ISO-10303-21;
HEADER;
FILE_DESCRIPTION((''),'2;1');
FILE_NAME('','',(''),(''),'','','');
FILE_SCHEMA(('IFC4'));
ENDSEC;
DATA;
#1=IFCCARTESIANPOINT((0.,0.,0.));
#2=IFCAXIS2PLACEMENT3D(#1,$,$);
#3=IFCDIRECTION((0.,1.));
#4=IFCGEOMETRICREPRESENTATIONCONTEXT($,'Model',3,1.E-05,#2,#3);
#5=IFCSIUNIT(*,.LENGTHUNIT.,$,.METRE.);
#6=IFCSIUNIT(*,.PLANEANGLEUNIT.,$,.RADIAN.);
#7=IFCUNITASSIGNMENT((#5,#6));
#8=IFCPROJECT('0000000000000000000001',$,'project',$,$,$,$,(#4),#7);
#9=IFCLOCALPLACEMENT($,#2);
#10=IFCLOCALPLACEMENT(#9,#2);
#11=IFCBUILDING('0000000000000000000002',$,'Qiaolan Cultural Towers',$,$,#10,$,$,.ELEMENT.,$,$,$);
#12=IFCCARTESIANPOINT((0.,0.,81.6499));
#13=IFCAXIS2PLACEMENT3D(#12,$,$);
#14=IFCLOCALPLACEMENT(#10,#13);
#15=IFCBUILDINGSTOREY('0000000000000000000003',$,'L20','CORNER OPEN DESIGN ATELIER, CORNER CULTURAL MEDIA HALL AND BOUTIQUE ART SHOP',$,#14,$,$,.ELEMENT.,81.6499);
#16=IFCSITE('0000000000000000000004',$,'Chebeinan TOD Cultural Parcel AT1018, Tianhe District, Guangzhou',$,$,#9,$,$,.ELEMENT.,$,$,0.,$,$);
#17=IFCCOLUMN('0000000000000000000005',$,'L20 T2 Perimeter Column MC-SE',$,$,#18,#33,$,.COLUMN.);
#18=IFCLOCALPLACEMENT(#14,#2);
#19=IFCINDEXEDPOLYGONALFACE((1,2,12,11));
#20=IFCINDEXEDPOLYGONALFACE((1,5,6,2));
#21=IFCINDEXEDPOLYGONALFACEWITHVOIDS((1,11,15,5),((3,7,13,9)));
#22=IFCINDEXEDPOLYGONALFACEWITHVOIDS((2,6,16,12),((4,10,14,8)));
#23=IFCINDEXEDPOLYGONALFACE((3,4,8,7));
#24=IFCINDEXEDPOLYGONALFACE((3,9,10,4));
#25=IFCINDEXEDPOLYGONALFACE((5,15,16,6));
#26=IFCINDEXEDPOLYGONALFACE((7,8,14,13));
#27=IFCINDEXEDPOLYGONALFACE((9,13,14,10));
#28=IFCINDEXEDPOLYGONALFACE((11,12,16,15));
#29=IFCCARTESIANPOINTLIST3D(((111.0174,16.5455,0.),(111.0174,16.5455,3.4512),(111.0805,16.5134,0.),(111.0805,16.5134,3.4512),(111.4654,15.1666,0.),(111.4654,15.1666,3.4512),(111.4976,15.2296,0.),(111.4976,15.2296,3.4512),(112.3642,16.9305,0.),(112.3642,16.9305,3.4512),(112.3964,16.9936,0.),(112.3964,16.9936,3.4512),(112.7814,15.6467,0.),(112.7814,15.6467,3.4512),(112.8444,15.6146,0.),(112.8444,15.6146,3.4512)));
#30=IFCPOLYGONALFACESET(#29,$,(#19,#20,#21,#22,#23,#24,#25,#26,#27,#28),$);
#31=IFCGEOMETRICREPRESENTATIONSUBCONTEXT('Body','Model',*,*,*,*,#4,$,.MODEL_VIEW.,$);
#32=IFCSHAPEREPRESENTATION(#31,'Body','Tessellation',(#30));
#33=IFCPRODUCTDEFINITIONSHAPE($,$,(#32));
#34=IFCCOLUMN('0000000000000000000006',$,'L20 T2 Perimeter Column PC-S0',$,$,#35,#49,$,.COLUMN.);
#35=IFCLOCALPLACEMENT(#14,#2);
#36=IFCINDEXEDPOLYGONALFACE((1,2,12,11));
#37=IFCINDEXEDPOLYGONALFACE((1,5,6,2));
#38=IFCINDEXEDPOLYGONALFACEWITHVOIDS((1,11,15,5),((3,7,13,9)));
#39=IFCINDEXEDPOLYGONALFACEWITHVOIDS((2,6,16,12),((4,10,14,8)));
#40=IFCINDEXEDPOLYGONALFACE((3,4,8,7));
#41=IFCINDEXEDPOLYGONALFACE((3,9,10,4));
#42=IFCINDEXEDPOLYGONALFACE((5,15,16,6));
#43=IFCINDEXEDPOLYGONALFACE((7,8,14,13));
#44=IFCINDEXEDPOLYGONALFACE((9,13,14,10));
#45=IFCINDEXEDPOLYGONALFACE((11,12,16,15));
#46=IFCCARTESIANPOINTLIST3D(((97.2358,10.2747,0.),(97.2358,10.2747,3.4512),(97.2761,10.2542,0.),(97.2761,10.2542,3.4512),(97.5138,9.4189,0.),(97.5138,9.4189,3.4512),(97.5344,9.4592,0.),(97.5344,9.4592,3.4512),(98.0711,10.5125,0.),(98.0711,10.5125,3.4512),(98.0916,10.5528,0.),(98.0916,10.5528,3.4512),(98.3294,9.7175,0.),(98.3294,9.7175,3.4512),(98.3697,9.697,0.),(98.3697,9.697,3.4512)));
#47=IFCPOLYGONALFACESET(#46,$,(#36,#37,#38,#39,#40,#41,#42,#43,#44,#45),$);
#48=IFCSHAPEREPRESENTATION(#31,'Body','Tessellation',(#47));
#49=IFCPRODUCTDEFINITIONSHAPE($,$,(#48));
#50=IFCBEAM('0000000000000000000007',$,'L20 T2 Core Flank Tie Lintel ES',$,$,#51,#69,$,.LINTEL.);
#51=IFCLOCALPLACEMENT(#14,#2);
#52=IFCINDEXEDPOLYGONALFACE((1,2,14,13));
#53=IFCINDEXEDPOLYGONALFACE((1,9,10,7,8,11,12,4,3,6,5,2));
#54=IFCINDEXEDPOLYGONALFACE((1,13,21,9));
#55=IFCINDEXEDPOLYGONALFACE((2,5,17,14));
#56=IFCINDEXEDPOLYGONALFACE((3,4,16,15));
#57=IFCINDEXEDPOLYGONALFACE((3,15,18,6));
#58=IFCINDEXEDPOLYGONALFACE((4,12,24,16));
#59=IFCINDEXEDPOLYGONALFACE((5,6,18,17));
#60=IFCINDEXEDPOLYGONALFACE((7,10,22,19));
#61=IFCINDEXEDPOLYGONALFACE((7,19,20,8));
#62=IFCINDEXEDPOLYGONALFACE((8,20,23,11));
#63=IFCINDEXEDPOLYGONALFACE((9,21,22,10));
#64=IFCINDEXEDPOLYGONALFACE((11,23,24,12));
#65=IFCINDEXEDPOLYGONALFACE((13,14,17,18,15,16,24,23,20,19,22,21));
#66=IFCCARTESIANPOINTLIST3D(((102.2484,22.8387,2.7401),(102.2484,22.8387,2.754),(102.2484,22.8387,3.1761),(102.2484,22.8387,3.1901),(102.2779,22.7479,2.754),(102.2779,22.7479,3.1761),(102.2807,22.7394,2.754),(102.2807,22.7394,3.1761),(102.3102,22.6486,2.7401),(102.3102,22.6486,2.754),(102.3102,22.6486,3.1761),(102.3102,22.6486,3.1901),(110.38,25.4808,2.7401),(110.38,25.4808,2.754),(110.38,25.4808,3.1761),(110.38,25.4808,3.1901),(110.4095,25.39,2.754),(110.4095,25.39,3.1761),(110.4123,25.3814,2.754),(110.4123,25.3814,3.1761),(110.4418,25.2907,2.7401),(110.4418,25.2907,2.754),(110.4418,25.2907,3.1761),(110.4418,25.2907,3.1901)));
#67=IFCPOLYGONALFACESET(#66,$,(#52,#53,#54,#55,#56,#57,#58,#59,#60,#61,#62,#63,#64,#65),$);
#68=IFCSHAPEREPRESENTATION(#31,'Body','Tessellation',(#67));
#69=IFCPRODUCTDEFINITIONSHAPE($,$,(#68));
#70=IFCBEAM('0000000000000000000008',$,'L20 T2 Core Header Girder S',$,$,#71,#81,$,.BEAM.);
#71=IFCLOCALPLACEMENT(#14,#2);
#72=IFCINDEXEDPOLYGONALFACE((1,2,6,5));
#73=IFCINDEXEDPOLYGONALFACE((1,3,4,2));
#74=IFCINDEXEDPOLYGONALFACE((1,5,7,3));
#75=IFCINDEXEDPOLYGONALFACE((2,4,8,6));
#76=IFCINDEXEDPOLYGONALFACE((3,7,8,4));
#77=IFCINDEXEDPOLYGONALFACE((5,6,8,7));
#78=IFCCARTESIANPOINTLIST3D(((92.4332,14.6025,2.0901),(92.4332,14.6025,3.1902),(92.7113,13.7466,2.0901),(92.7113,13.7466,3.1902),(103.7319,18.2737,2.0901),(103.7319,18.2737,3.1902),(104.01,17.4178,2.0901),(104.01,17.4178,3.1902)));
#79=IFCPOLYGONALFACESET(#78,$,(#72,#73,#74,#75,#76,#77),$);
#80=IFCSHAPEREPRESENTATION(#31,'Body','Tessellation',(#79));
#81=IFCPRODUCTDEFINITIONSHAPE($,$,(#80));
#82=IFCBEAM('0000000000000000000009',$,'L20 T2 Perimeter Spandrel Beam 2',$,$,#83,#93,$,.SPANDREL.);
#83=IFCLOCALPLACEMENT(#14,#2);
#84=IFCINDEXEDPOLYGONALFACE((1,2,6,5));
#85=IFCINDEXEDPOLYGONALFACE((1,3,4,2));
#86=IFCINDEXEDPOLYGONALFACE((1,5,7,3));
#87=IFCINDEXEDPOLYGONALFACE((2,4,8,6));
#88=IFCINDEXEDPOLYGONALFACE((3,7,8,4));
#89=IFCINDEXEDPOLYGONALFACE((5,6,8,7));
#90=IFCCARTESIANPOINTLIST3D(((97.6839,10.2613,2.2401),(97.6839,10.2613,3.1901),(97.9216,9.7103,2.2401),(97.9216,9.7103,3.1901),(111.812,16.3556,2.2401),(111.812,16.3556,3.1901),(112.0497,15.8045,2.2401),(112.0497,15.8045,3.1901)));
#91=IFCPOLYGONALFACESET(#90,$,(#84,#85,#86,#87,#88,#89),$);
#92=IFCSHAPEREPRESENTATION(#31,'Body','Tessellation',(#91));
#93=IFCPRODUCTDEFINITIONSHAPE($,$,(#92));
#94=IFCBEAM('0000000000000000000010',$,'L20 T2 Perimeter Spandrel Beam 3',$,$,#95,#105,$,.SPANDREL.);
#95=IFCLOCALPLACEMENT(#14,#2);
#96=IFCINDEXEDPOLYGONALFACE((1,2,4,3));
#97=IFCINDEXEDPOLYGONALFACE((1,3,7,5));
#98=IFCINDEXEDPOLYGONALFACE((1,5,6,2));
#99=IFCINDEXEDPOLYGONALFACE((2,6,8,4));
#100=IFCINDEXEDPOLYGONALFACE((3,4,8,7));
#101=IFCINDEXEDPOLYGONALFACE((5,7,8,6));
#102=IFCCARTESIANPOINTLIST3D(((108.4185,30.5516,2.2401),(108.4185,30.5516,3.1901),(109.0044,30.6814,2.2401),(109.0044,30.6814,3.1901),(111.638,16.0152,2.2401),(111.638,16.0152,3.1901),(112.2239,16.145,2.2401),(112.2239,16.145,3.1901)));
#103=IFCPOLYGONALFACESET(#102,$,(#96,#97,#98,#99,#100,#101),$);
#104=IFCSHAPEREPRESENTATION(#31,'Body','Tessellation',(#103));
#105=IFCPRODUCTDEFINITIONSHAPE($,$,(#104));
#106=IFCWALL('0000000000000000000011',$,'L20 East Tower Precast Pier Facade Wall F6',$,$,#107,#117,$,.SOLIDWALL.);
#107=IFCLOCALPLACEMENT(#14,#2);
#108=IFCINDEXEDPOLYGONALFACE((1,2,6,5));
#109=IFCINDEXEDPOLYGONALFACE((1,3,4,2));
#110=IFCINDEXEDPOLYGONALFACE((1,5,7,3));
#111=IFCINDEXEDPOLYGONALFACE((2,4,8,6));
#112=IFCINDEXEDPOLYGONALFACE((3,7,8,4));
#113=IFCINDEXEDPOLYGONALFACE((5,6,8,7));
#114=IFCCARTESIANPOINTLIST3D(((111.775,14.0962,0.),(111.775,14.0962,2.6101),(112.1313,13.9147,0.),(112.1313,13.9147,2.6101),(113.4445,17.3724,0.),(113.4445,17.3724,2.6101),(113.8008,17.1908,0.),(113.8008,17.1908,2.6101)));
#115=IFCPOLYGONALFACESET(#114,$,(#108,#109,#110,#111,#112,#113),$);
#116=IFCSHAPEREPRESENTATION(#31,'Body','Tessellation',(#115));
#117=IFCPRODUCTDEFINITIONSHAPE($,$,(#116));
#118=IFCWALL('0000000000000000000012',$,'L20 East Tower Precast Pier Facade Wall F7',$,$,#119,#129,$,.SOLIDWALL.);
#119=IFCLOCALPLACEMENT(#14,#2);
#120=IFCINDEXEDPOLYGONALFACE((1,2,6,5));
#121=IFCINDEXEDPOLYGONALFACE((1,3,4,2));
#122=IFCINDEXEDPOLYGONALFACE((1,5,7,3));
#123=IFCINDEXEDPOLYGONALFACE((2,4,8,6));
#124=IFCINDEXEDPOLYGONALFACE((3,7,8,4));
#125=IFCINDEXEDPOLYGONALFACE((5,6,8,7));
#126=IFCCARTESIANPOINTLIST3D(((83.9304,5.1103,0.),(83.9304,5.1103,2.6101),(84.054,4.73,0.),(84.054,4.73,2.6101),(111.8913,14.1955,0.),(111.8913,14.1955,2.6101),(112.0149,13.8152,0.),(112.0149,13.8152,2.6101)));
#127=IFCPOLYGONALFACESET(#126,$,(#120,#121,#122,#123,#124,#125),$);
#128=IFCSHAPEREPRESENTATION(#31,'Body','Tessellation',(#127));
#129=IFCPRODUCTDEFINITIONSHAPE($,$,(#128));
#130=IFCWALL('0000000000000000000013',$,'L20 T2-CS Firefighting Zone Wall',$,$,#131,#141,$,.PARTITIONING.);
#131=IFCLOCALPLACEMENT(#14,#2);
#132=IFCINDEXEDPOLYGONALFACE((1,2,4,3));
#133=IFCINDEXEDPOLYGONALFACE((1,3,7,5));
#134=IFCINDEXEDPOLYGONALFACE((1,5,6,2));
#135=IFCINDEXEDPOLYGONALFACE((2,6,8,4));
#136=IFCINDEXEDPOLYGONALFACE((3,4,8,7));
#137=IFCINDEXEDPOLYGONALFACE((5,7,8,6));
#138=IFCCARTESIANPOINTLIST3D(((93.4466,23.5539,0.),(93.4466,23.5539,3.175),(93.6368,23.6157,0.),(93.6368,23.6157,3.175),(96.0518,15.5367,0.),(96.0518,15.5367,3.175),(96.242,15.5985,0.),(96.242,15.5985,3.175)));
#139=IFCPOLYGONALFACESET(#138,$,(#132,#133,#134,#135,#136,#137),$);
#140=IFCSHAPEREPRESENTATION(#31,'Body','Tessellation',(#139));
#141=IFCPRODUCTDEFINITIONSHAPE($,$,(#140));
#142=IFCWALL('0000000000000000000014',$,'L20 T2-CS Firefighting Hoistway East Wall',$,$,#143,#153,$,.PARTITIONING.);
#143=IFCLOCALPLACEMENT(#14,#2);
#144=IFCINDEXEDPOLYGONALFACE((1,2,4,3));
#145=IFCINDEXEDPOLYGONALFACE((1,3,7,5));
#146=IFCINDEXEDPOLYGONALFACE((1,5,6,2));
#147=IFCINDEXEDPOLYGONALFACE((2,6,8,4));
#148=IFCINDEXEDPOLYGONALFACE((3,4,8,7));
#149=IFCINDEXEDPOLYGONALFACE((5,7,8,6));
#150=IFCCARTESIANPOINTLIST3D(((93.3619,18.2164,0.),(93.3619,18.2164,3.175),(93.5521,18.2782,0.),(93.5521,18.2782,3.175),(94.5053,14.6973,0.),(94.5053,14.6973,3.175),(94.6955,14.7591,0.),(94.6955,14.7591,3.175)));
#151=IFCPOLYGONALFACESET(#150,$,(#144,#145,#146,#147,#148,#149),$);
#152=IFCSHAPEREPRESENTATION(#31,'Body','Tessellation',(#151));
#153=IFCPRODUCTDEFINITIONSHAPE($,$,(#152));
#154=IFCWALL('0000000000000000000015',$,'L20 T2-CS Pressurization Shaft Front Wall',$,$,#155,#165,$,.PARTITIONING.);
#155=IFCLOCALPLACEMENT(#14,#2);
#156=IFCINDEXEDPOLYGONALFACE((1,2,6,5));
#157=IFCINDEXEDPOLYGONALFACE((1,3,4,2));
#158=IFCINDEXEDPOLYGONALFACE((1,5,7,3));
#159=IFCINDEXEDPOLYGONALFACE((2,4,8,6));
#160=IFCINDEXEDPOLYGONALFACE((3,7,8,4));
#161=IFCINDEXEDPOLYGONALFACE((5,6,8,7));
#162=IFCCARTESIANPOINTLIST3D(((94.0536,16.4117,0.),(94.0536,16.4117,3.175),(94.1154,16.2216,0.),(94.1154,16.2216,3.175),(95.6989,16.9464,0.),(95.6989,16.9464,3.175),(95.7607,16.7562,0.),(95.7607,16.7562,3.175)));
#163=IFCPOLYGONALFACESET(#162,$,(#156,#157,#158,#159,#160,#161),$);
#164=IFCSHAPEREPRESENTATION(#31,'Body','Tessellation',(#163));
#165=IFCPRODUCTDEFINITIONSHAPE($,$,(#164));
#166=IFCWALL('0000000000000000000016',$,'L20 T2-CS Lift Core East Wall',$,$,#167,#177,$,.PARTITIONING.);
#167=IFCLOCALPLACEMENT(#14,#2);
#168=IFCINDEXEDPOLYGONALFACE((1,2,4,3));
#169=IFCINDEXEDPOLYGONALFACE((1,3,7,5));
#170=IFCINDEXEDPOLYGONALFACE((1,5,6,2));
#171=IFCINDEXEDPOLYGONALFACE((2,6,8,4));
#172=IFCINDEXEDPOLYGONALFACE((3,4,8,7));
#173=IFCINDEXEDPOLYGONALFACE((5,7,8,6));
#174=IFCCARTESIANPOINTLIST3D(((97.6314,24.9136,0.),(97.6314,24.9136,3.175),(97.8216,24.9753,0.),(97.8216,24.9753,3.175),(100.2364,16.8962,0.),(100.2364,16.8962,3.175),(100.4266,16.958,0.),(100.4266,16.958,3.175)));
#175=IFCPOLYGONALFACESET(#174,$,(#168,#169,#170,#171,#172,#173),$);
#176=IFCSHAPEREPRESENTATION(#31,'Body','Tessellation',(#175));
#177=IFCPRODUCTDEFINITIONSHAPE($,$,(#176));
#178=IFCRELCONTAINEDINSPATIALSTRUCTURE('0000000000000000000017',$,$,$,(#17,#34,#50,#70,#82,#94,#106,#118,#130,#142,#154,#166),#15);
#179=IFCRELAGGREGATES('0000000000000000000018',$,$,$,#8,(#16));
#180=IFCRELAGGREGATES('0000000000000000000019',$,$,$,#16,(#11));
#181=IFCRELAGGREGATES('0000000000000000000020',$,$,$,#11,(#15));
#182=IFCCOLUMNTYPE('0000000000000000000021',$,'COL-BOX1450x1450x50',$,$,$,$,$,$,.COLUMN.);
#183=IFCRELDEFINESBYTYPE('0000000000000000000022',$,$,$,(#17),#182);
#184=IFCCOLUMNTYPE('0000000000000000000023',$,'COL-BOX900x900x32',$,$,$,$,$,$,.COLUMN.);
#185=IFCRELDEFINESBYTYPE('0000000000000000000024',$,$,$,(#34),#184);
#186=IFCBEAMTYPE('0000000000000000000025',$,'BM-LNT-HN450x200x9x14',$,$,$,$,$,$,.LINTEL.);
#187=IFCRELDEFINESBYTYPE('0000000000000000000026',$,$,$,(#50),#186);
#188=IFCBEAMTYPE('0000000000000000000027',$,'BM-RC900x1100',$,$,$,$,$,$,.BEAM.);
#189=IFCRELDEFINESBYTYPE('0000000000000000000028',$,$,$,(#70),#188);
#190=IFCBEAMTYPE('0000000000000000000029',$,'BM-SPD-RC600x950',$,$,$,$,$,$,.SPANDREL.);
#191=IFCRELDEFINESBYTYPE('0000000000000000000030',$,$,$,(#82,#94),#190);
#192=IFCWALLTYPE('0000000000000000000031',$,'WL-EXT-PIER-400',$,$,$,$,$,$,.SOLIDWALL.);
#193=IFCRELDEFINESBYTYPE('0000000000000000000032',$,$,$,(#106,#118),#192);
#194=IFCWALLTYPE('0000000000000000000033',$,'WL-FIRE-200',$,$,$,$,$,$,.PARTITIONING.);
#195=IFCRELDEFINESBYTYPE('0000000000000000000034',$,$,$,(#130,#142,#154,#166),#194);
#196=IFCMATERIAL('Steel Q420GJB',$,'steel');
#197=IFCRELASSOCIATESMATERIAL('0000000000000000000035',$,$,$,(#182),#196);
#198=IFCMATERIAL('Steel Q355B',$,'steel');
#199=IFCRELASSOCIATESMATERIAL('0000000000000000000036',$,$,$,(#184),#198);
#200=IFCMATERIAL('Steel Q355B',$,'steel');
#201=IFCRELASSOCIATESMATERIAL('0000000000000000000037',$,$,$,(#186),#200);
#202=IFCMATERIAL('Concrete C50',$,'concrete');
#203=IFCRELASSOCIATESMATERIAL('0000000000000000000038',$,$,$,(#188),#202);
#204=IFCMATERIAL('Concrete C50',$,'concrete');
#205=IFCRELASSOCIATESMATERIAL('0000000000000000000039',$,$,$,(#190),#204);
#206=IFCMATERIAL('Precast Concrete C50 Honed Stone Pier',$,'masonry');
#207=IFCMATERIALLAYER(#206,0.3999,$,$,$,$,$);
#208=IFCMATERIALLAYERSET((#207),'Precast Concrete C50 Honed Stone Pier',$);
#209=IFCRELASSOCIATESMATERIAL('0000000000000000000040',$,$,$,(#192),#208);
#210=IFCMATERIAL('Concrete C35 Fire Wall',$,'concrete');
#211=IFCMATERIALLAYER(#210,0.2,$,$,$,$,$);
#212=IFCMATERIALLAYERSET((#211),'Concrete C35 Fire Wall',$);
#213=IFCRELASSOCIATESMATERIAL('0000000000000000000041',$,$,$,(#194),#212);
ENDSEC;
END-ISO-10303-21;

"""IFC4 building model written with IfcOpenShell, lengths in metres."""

from ifc_helpers import new_model, si_unit, direction, frame, frame_2d, origin, origin_2d, place, context, subcontext, project, spatial, rectangle, hollow_rectangle, i_section, extrude, material, layer, layer_set, material_profile, profile_set, type_object, element, save


model = new_model("IFC4")

# Units and contexts
model_context = context("Model", 3, precision=1e-05, world=origin(), true_north=direction((0.0, 1.0)))
body_context = subcontext(model_context, "Body", "Model", "MODEL_VIEW")
ifc_project = project(units=[si_unit("LENGTHUNIT", "METRE"), si_unit("PLANEANGLEUNIT", "RADIAN")], contexts=[model_context])

# Site, building, storey
site_placement = place(None, origin())
site = spatial("IfcSite", under=ifc_project, at=site_placement, Name="Chebeinan TOD Cultural Parcel AT1018, Tianhe District, Guangzhou", CompositionType="ELEMENT", RefElevation=0.0)
building_placement = place(site_placement, origin())
building = spatial("IfcBuilding", under=site, at=building_placement, Name="Qiaolan Cultural Towers", CompositionType="ELEMENT")
storey_placement = place(building_placement, frame((0.0, 0.0, 81.6499)))
storey = spatial("IfcBuildingStorey", under=building, at=storey_placement, Name="L20", Description="CORNER OPEN DESIGN ATELIER, CORNER CULTURAL MEDIA HALL AND BOUTIQUE ART SHOP", CompositionType="ELEMENT", Elevation=81.6499)

# Columns
ifc_material_1 = material(Name="Steel Q420GJB", Category="steel")
ifc_material_profile_1 = material_profile(ifc_material_1, hollow_rectangle(XDim=1.45, YDim=1.45, WallThickness=0.05, at=origin_2d()), Name="BOX1450x1450x50")
ifc_profile_set_1 = profile_set([ifc_material_profile_1], Name="Steel Q420GJB")
column_type_1 = type_object("IfcColumnType", Name="COL-BOX1450x1450x50", PredefinedType="COLUMN", material=ifc_profile_set_1)
column_1_placement = place(storey_placement, frame((111.9309, 16.0801, 0.0), z_axis=(0.0, 0.0, 1.0), x_axis=(0.951057, 0.309017, 0.0)))
element("IfcColumn", 1, at=column_1_placement, inside=storey, type_object=column_type_1, Name="L20 T2 Perimeter Column MC-SE", PredefinedType="COLUMN", context=body_context, shape_type="SweptSolid", body=[
    extrude(hollow_rectangle(XDim=1.45, YDim=1.45, WallThickness=0.05, at=origin_2d()), origin(), (0.0, 0.0, 1.0), 3.4512),
])
ifc_material_2 = material(Name="Steel Q355B", Category="steel")
ifc_material_profile_2 = material_profile(ifc_material_2, hollow_rectangle(XDim=0.8999, YDim=0.8999, WallThickness=0.032, at=origin_2d()), Name="BOX900x900x32")
ifc_profile_set_2 = profile_set([ifc_material_profile_2], Name="Steel Q355B")
column_type_2 = type_object("IfcColumnType", Name="COL-BOX900x900x32", PredefinedType="COLUMN", material=ifc_profile_set_2)
column_2_placement = place(storey_placement, frame((97.8027, 9.9858, 0.0), z_axis=(0.0, 0.0, 1.0), x_axis=(0.951057, 0.309017, 0.0)))
element("IfcColumn", 2, at=column_2_placement, inside=storey, type_object=column_type_2, Name="L20 T2 Perimeter Column PC-S0", PredefinedType="COLUMN", context=body_context, shape_type="SweptSolid", body=[
    extrude(hollow_rectangle(XDim=0.8999, YDim=0.8999, WallThickness=0.032, at=origin_2d()), origin(), (0.0, 0.0, 1.0), 3.4512),
])

# Beams
ifc_material_3 = material(Name="Steel Q355B", Category="steel")
ifc_material_profile_3 = material_profile(ifc_material_3, i_section(OverallWidth=0.2, OverallDepth=0.45, WebThickness=0.009, FlangeThickness=0.0139, at=origin_2d()), Name="HN450x200x9x14")
ifc_profile_set_3 = profile_set([ifc_material_profile_3], Name="Steel Q355B")
beam_type_1 = type_object("IfcBeamType", Name="BM-LNT-HN450x200x9x14", PredefinedType="LINTEL", material=ifc_profile_set_3)
beam_1_placement = place(storey_placement, frame((102.2793, 22.7437, 2.9651), z_axis=(0.951057, 0.309014, 0.0), x_axis=(-0.309014, 0.951057, 0.0)))
element("IfcBeam", 3, at=beam_1_placement, inside=storey, type_object=beam_type_1, Name="L20 T2 Core Flank Tie Lintel ES", PredefinedType="LINTEL", context=body_context, shape_type="SweptSolid", body=[
    extrude(i_section(OverallWidth=0.2, OverallDepth=0.45, WebThickness=0.009, FlangeThickness=0.0139, at=origin_2d()), origin(), (0.0, 0.0, 1.0), 8.55),
])
ifc_material_4 = material(Name="Concrete C50", Category="concrete")
ifc_material_profile_4 = material_profile(ifc_material_4, rectangle(XDim=0.8999, YDim=1.1001, at=origin_2d()), Name="RC900x1100")
ifc_profile_set_4 = profile_set([ifc_material_profile_4], Name="Concrete C50")
beam_type_2 = type_object("IfcBeamType", Name="BM-RC900x1100", PredefinedType="BEAM", material=ifc_profile_set_4)
beam_2_placement = place(storey_placement, frame((92.5723, 14.1746, 2.6401), z_axis=(0.951056, 0.309018, 0.0), x_axis=(-0.309018, 0.951056, 0.0)))
element("IfcBeam", 4, at=beam_2_placement, inside=storey, type_object=beam_type_2, Name="L20 T2 Core Header Girder S", PredefinedType="BEAM", context=body_context, shape_type="SweptSolid", body=[
    extrude(rectangle(XDim=0.8999, YDim=1.1001, at=origin_2d()), origin(), (0.0, 0.0, 1.0), 11.8801),
])
ifc_material_5 = material(Name="Concrete C50", Category="concrete")
ifc_material_profile_5 = material_profile(ifc_material_5, rectangle(XDim=0.6001, YDim=0.95, at=origin_2d()), Name="RC600x950")
ifc_profile_set_5 = profile_set([ifc_material_profile_5], Name="Concrete C50")
beam_type_3 = type_object("IfcBeamType", Name="BM-SPD-RC600x950", PredefinedType="SPANDREL", material=ifc_profile_set_5)
beam_3_placement = place(storey_placement, frame((97.8027, 9.9858, 2.7151), z_axis=(0.918218, 0.396076, 0.0), x_axis=(-0.396076, 0.918218, 0.0)))
element("IfcBeam", 5, at=beam_3_placement, inside=storey, type_object=beam_type_3, Name="L20 T2 Perimeter Spandrel Beam 2", PredefinedType="SPANDREL", context=body_context, shape_type="SweptSolid", body=[
    extrude(rectangle(XDim=0.6001, YDim=0.95, at=origin_2d()), origin(), (0.0, 0.0, 1.0), 15.3865),
])
beam_4_placement = place(storey_placement, frame((111.9309, 16.0801, 2.7151), z_axis=(-0.216238, 0.976341, 0.0), x_axis=(-0.976341, -0.216238, 0.0)))
element("IfcBeam", 6, at=beam_4_placement, inside=storey, type_object=beam_type_3, Name="L20 T2 Perimeter Spandrel Beam 3", PredefinedType="SPANDREL", context=body_context, shape_type="SweptSolid", body=[
    extrude(rectangle(XDim=0.6001, YDim=0.95, at=origin_2d()), origin(), (0.0, 0.0, 1.0), 14.8887),
])

# Walls
ifc_material_6 = material(Name="Precast Concrete C50 Honed Stone Pier", Category="masonry")
ifc_layer_1 = layer(ifc_material_6, 0.3999)
ifc_layer_set_1 = layer_set([ifc_layer_1], Name="Precast Concrete C50 Honed Stone Pier")
wall_type_1 = type_object("IfcWallType", Name="WL-EXT-PIER-400", PredefinedType="SOLIDWALL", material=ifc_layer_set_1)
wall_1_placement = place(storey_placement, frame((113.6226, 17.2815, 0.0), z_axis=(0.0, 0.0, 1.0), x_axis=(-0.454026, -0.890988, 0.0)))
element("IfcWall", 7, at=wall_1_placement, inside=storey, type_object=wall_type_1, Name="L20 East Tower Precast Pier Facade Wall F6", PredefinedType="SOLIDWALL", context=body_context, shape_type="SweptSolid", body=[
    extrude(rectangle(XDim=3.677, YDim=0.3999, at=frame_2d((1.8384, 0.0))), origin(), (0.0, 0.0, 1.0), 2.6101),
])
wall_2_placement = place(storey_placement, frame((111.9531, 14.0054, 0.0), z_axis=(0.0, 0.0, 1.0), x_axis=(-0.951055, -0.309021, 0.0)))
element("IfcWall", 8, at=wall_2_placement, inside=storey, type_object=wall_type_1, Name="L20 East Tower Precast Pier Facade Wall F7", PredefinedType="SOLIDWALL", context=body_context, shape_type="SweptSolid", body=[
    extrude(rectangle(XDim=29.3999, YDim=0.3999, at=frame_2d((14.7, 0.0))), origin(), (0.0, 0.0, 1.0), 2.6101),
])
ifc_material_7 = material(Name="Concrete C35 Fire Wall", Category="concrete")
ifc_layer_2 = layer(ifc_material_7, 0.2)
ifc_layer_set_2 = layer_set([ifc_layer_2], Name="Concrete C35 Fire Wall")
wall_type_2 = type_object("IfcWallType", Name="WL-FIRE-200", PredefinedType="PARTITIONING", material=ifc_layer_set_2)
wall_3_placement = place(storey_placement, frame((93.5417, 23.5847, 0.0), z_axis=(0.0, 0.0, 1.0), x_axis=(0.309042, -0.951048, 0.0)))
element("IfcWall", 9, at=wall_3_placement, inside=storey, type_object=wall_type_2, Name="L20 T2-CS Firefighting Zone Wall", PredefinedType="PARTITIONING", context=body_context, shape_type="SweptSolid", body=[
    extrude(rectangle(XDim=8.4299, YDim=0.2, at=frame_2d((4.2148, 0.0))), origin(), (0.0, 0.0, 1.0), 3.175),
])
wall_4_placement = place(storey_placement, frame((93.457, 18.2473, 0.0), z_axis=(0.0, 0.0, 1.0), x_axis=(0.308994, -0.951064, 0.0)))
element("IfcWall", 10, at=wall_4_placement, inside=storey, type_object=wall_type_2, Name="L20 T2-CS Firefighting Hoistway East Wall", PredefinedType="PARTITIONING", context=body_context, shape_type="SweptSolid", body=[
    extrude(rectangle(XDim=3.7002, YDim=0.2, at=frame_2d((1.8501, 0.0))), origin(), (0.0, 0.0, 1.0), 3.175),
])
wall_5_placement = place(storey_placement, frame((94.0845, 16.3167, 0.0), z_axis=(0.0, 0.0, 1.0), x_axis=(0.951041, 0.309064, 0.0)))
element("IfcWall", 11, at=wall_5_placement, inside=storey, type_object=wall_type_2, Name="L20 T2-CS Pressurization Shaft Front Wall", PredefinedType="PARTITIONING", context=body_context, shape_type="SweptSolid", body=[
    extrude(rectangle(XDim=1.73, YDim=0.2, at=frame_2d((0.865, 0.0))), origin(), (0.0, 0.0, 1.0), 3.175),
])
wall_6_placement = place(storey_placement, frame((97.7266, 24.9443, 0.0), z_axis=(0.0, 0.0, 1.0), x_axis=(0.309016, -0.951057, 0.0)))
element("IfcWall", 12, at=wall_6_placement, inside=storey, type_object=wall_type_2, Name="L20 T2-CS Lift Core East Wall", PredefinedType="PARTITIONING", context=body_context, shape_type="SweptSolid", body=[
    extrude(rectangle(XDim=8.4299, YDim=0.2, at=frame_2d((4.2148, 0.0))), origin(), (0.0, 0.0, 1.0), 3.175),
])

save(model, "model.ifc")
